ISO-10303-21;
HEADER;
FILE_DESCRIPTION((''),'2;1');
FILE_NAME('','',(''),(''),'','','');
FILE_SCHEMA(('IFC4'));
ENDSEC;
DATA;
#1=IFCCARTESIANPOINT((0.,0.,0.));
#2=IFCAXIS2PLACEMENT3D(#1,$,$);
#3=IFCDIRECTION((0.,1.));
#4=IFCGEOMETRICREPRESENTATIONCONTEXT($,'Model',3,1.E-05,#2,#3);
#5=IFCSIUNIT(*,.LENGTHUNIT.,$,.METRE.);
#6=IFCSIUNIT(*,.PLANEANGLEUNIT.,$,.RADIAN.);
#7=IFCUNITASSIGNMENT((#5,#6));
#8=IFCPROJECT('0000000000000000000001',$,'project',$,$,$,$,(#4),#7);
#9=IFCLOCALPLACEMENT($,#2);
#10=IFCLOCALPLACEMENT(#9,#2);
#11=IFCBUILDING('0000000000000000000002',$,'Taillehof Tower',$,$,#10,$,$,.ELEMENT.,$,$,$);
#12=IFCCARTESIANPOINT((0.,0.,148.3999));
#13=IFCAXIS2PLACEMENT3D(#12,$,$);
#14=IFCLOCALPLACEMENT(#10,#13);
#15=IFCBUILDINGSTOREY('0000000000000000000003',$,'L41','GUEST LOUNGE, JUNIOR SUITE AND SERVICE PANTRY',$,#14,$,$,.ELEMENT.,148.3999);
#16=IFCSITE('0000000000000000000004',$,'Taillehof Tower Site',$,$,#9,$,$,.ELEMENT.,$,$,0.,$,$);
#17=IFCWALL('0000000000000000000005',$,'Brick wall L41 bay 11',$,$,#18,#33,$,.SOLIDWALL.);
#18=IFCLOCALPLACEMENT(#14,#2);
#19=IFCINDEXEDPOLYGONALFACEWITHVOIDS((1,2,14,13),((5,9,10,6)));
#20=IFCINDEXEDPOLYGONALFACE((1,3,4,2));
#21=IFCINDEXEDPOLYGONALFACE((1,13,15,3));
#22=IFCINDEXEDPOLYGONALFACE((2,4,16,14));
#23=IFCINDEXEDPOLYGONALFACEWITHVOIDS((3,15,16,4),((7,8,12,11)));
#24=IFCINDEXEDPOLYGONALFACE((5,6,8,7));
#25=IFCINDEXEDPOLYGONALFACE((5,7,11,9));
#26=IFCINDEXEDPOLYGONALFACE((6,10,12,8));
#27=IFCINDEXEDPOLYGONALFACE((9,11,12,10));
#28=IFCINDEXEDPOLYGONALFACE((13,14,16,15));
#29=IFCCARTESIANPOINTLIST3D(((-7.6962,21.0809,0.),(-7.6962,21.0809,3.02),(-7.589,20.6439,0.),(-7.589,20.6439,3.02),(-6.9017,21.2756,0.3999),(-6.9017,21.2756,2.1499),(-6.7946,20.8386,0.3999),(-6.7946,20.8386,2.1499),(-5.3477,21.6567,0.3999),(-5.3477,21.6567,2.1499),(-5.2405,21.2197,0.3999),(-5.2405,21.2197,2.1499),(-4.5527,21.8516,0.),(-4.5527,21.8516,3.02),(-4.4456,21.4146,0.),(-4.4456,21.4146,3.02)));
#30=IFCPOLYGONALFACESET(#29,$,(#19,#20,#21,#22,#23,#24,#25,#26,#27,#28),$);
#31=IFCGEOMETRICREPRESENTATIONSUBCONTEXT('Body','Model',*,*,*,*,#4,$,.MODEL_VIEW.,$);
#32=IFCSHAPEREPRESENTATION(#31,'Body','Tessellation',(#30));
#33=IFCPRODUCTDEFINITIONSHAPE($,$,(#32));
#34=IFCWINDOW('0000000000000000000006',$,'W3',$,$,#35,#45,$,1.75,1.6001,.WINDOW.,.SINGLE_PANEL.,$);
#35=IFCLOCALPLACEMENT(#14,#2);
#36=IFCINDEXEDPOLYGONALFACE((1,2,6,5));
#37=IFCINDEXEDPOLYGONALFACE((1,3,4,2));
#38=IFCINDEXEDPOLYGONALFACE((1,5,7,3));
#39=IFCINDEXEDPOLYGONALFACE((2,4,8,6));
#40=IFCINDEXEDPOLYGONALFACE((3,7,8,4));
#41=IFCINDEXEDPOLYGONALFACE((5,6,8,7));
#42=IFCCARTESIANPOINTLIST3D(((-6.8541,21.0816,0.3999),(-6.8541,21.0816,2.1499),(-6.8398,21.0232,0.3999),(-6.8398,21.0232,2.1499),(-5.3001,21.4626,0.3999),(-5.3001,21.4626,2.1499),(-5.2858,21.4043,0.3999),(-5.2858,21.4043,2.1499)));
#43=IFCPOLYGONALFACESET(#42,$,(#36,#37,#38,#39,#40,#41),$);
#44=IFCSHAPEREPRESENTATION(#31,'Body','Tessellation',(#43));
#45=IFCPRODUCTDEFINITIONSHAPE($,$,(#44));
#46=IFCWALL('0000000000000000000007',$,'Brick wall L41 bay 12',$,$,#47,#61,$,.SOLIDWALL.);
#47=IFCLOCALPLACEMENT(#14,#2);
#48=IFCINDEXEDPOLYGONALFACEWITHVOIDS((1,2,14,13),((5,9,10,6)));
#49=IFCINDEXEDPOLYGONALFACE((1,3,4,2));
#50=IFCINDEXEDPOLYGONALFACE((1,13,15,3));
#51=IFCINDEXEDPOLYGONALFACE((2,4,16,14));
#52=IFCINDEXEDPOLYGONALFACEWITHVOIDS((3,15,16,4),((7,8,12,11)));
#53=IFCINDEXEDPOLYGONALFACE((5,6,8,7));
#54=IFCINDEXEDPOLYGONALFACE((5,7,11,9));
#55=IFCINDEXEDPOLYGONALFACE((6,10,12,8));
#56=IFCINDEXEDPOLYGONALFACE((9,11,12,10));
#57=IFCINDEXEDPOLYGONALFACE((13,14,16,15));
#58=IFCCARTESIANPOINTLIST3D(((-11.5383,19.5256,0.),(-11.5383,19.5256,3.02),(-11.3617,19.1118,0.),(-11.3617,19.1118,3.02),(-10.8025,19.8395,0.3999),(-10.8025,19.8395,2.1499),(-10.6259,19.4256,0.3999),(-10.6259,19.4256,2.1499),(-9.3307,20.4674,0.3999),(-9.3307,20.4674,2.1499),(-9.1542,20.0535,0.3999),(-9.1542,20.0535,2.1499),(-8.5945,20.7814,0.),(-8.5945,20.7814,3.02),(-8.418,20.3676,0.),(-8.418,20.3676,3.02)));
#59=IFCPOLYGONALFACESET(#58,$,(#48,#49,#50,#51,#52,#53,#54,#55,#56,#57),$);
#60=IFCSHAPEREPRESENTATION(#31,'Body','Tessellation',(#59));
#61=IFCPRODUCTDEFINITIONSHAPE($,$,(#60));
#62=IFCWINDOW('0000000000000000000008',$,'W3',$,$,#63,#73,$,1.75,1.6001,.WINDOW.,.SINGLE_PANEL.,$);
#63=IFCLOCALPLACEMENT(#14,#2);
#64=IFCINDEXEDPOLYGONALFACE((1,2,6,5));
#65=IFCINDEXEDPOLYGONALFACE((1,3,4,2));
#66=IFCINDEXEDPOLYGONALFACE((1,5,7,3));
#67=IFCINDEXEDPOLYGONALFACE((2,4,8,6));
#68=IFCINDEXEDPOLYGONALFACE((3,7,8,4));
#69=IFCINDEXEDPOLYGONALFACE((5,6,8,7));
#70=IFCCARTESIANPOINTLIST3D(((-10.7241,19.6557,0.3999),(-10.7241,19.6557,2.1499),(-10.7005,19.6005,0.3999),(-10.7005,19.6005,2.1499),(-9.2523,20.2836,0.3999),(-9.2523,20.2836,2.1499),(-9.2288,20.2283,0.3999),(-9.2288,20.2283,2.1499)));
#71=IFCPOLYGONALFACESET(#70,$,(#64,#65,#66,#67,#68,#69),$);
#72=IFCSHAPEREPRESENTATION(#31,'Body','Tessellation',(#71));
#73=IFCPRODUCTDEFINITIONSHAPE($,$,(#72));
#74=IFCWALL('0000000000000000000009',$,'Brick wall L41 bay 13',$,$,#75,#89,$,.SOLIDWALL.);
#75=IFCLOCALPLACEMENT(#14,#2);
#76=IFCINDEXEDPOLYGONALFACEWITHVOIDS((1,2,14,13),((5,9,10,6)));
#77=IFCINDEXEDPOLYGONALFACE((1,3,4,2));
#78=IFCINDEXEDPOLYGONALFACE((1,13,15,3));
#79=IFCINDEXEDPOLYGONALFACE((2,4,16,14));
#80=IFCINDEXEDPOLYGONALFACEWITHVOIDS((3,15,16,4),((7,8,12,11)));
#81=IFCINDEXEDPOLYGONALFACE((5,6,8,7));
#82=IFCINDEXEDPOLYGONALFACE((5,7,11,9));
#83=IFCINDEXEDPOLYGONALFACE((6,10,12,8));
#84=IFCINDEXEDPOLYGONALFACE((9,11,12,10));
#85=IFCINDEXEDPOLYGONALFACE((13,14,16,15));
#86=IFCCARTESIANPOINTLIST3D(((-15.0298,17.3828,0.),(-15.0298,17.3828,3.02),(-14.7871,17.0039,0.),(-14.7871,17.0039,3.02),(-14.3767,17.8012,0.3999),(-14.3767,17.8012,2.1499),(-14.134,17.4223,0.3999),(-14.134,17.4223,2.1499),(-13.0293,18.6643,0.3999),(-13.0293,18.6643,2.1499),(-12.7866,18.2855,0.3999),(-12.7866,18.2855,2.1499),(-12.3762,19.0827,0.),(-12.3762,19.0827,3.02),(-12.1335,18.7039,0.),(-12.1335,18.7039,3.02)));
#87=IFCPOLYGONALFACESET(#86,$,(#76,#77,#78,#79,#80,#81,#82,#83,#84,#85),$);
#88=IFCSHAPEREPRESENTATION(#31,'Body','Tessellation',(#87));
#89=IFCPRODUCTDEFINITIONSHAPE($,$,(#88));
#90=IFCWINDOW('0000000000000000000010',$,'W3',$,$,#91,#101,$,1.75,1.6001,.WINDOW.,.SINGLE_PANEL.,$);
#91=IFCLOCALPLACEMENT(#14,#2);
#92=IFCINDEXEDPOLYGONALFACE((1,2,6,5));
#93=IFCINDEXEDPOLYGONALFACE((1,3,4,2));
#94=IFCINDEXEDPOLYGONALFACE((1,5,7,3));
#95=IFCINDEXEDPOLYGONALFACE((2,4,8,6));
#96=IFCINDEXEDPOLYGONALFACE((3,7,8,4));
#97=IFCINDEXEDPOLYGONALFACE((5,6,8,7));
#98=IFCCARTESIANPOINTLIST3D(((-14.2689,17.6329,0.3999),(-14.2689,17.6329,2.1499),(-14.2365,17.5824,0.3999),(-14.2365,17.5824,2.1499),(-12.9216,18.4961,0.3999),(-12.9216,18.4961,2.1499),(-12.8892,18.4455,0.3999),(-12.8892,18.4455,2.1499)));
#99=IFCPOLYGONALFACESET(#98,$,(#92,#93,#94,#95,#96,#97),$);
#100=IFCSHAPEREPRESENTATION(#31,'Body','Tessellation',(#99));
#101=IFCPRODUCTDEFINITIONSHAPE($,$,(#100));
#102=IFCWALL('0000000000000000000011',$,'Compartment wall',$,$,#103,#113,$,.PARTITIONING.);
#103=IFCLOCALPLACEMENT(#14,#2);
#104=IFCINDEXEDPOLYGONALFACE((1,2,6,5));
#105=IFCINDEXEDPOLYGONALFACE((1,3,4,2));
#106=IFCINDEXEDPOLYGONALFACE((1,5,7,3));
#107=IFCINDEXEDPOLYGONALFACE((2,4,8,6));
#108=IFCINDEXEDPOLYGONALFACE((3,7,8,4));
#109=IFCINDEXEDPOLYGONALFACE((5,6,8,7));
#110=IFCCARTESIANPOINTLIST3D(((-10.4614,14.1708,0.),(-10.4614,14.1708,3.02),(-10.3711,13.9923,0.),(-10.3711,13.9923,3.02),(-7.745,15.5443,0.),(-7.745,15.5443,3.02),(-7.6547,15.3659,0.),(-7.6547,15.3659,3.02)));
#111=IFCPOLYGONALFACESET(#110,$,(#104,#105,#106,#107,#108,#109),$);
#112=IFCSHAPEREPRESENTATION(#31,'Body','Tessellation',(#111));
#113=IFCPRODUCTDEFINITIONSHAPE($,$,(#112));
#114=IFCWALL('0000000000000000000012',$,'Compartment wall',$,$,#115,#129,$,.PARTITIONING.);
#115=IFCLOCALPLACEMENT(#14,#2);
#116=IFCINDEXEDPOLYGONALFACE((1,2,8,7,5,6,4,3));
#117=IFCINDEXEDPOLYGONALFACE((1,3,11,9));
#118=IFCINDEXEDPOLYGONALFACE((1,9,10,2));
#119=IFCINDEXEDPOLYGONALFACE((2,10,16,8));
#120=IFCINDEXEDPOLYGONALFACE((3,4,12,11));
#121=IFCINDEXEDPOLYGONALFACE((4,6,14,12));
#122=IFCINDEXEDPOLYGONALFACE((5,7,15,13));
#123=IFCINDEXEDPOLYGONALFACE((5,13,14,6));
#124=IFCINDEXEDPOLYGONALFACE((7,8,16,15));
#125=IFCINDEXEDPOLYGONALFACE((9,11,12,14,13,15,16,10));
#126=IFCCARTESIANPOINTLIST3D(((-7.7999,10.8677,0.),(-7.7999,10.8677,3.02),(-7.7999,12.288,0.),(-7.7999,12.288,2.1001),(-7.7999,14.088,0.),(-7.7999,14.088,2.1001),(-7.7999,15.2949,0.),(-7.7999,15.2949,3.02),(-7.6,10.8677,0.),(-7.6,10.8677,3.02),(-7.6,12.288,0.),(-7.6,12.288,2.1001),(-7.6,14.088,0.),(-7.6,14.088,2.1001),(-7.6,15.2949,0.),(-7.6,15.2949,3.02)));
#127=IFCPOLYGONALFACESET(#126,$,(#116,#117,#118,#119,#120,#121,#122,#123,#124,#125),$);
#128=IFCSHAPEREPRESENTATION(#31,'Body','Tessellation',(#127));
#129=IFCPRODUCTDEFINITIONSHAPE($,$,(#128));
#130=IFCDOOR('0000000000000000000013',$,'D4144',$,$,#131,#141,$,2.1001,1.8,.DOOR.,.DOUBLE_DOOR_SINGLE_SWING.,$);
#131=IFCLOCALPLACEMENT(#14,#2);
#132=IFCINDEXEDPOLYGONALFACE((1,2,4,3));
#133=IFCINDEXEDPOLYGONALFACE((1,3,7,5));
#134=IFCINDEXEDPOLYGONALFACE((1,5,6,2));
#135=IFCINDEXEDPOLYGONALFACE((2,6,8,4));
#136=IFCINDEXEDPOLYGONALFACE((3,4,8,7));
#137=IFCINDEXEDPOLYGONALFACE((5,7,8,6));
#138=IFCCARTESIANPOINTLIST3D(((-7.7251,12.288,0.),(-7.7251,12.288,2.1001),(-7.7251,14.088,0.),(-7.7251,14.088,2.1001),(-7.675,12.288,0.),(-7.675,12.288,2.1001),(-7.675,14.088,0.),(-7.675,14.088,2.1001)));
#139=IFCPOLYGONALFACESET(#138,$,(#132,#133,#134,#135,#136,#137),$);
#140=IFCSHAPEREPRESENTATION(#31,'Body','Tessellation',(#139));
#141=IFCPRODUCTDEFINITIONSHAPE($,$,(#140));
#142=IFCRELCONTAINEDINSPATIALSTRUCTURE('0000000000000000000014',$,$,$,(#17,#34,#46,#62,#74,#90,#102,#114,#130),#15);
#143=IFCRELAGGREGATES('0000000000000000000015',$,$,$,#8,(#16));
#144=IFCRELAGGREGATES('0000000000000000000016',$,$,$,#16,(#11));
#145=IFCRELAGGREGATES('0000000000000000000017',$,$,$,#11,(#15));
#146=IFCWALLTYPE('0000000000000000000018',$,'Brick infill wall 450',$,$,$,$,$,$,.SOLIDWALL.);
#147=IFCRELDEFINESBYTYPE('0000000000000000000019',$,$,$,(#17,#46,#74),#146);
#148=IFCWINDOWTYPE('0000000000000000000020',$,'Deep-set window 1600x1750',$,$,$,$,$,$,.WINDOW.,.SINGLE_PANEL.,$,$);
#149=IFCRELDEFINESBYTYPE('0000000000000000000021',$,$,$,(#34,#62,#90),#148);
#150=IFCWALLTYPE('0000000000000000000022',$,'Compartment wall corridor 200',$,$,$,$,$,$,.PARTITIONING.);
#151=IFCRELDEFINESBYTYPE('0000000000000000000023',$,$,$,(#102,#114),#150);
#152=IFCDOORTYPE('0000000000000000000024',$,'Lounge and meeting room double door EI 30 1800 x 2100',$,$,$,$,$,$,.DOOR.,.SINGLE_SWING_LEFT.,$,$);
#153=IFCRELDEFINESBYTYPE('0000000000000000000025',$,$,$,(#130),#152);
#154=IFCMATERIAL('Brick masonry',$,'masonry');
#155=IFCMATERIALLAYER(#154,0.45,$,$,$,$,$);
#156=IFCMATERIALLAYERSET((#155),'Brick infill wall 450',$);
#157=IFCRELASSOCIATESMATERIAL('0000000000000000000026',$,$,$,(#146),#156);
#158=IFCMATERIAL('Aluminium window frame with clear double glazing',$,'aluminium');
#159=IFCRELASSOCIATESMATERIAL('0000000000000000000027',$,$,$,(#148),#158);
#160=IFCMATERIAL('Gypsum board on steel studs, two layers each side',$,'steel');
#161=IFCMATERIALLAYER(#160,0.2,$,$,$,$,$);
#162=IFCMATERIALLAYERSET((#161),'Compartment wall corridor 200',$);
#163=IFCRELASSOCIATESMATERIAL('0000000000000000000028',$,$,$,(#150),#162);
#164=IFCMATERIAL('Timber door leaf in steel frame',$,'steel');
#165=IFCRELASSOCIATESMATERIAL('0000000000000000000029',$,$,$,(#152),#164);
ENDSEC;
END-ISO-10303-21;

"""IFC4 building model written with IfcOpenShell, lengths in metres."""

from ifc_helpers import new_model, si_unit, direction, frame, frame_2d, origin, place, context, subcontext, project, spatial, rectangle, extrude, material, layer, layer_set, type_object, element, fill, save


model = new_model("IFC4")

# Units and contexts
model_context = context("Model", 3, precision=1e-05, world=origin(), true_north=direction((0.0, 1.0)))
body_context = subcontext(model_context, "Body", "Model", "MODEL_VIEW")
ifc_project = project(units=[si_unit("LENGTHUNIT", "METRE"), si_unit("PLANEANGLEUNIT", "RADIAN")], contexts=[model_context])

# Site, building, storey
site_placement = place(None, origin())
site = spatial("IfcSite", under=ifc_project, at=site_placement, Name="Taillehof Tower Site", CompositionType="ELEMENT", RefElevation=0.0)
building_placement = place(site_placement, origin())
building = spatial("IfcBuilding", under=site, at=building_placement, Name="Taillehof Tower", CompositionType="ELEMENT")
storey_placement = place(building_placement, frame((0.0, 0.0, 148.3999)))
storey = spatial("IfcBuildingStorey", under=building, at=storey_placement, Name="L41", Description="GUEST LOUNGE, JUNIOR SUITE AND SERVICE PANTRY", CompositionType="ELEMENT", Elevation=148.3999)

# Walls, openings, windows
ifc_material_1 = material(Name="Brick masonry", Category="masonry")
ifc_layer_1 = layer(ifc_material_1, 0.45)
ifc_layer_set_1 = layer_set([ifc_layer_1], Name="Brick infill wall 450")
wall_type_1 = type_object("IfcWallType", Name="Brick infill wall 450", PredefinedType="SOLIDWALL", material=ifc_layer_set_1)
ifc_material_2 = material(Name="Aluminium window frame with clear double glazing", Category="aluminium")
window_type = type_object("IfcWindowType", Name="Deep-set window 1600x1750", PartitioningType="SINGLE_PANEL", PredefinedType="WINDOW", material=ifc_material_2)
wall_1_placement = place(storey_placement, frame((-4.4993, 21.6331, 0.0), z_axis=(0.0, 0.0, 1.0), x_axis=(-0.971233, -0.238132, 0.0)))
wall_1 = element("IfcWall", 1, at=wall_1_placement, inside=storey, type_object=wall_type_1, Name="Brick wall L41 bay 11", PredefinedType="SOLIDWALL", context=body_context, shape_type="SweptSolid", body=[
    extrude(rectangle(XDim=3.2366, YDim=0.45, at=frame_2d((1.6182, 0.0))), origin(), (0.0, 0.0, 1.0), 3.02),
])
opening_1_placement = place(wall_1_placement, frame((0.8184, 0.0, 0.3999)))
opening_1 = element("IfcOpeningElement", 2, at=opening_1_placement, cuts=wall_1, PredefinedType="OPENING", context=body_context, shape_type="SweptSolid", body=[
    extrude(rectangle(XDim=1.6001, YDim=1.75, at=frame_2d((0.8, 0.875))), frame((0.0, 0.2349, 0.0), z_axis=(0.0, -1.0, 0.0), x_axis=(1.0, 0.0, 0.0)), (0.0, 0.0, 1.0), 0.47),
])
window_1_placement = place(opening_1_placement, origin())
window_1 = element("IfcWindow", 3, at=window_1_placement, inside=storey, type_object=window_type, Name="W3", OverallHeight=1.75, OverallWidth=1.6001, PartitioningType="SINGLE_PANEL", PredefinedType="WINDOW", context=body_context, shape_type="SweptSolid", body=[
    extrude(rectangle(XDim=1.6001, YDim=1.75, at=frame_2d((0.8, 0.875))), frame((0.0, 0.0349, 0.0), z_axis=(0.0, -1.0, 0.0), x_axis=(1.0, 0.0, 0.0)), (0.0, 0.0, 1.0), 0.0601),
])
fill(opening_1, window_1)
wall_2_placement = place(storey_placement, frame((-8.5063, 20.5745, 0.0), z_axis=(0.0, 0.0, 1.0), x_axis=(-0.919799, -0.39239, 0.0)))
wall_2 = element("IfcWall", 4, at=wall_2_placement, inside=storey, type_object=wall_type_1, Name="Brick wall L41 bay 12", PredefinedType="SOLIDWALL", context=body_context, shape_type="SweptSolid", body=[
    extrude(rectangle(XDim=3.2004, YDim=0.45, at=frame_2d((1.6001, 0.0))), origin(), (0.0, 0.0, 1.0), 3.02),
])
opening_2_placement = place(wall_2_placement, frame((0.8003, 0.0, 0.3999)))
opening_2 = element("IfcOpeningElement", 5, at=opening_2_placement, cuts=wall_2, PredefinedType="OPENING", context=body_context, shape_type="SweptSolid", body=[
    extrude(rectangle(XDim=1.6001, YDim=1.75, at=frame_2d((0.8, 0.875))), frame((0.0, 0.2349, 0.0), z_axis=(0.0, -1.0, 0.0), x_axis=(1.0, 0.0, 0.0)), (0.0, 0.0, 1.0), 0.47),
])
window_2_placement = place(opening_2_placement, origin())
window_2 = element("IfcWindow", 6, at=window_2_placement, inside=storey, type_object=window_type, Name="W3", OverallHeight=1.75, OverallWidth=1.6001, PartitioningType="SINGLE_PANEL", PredefinedType="WINDOW", context=body_context, shape_type="SweptSolid", body=[
    extrude(rectangle(XDim=1.6001, YDim=1.75, at=frame_2d((0.8, 0.875))), frame((0.0, 0.0349, 0.0), z_axis=(0.0, -1.0, 0.0), x_axis=(1.0, 0.0, 0.0)), (0.0, 0.0, 1.0), 0.0601),
])
fill(opening_2, window_2)
wall_3_placement = place(storey_placement, frame((-12.2549, 18.8933, 0.0), z_axis=(0.0, 0.0, 1.0), x_axis=(-0.842031, -0.53943, 0.0)))
wall_3 = element("IfcWall", 7, at=wall_3_placement, inside=storey, type_object=wall_type_1, Name="Brick wall L41 bay 13", PredefinedType="SOLIDWALL", context=body_context, shape_type="SweptSolid", body=[
    extrude(rectangle(XDim=3.1514, YDim=0.45, at=frame_2d((1.5757, 0.0))), origin(), (0.0, 0.0, 1.0), 3.02),
])
opening_3_placement = place(wall_3_placement, frame((0.7756, 0.0, 0.3999)))
opening_3 = element("IfcOpeningElement", 8, at=opening_3_placement, cuts=wall_3, PredefinedType="OPENING", context=body_context, shape_type="SweptSolid", body=[
    extrude(rectangle(XDim=1.6001, YDim=1.75, at=frame_2d((0.8, 0.875))), frame((0.0, 0.2349, 0.0), z_axis=(0.0, -1.0, 0.0), x_axis=(1.0, 0.0, 0.0)), (0.0, 0.0, 1.0), 0.47),
])
window_3_placement = place(opening_3_placement, origin())
window_3 = element("IfcWindow", 9, at=window_3_placement, inside=storey, type_object=window_type, Name="W3", OverallHeight=1.75, OverallWidth=1.6001, PartitioningType="SINGLE_PANEL", PredefinedType="WINDOW", context=body_context, shape_type="SweptSolid", body=[
    extrude(rectangle(XDim=1.6001, YDim=1.75, at=frame_2d((0.8, 0.875))), frame((0.0, 0.0349, 0.0), z_axis=(0.0, -1.0, 0.0), x_axis=(1.0, 0.0, 0.0)), (0.0, 0.0, 1.0), 0.0601),
])
fill(opening_3, window_3)

# Wall
ifc_material_3 = material(Name="Gypsum board on steel studs, two layers each side", Category="steel")
ifc_layer_2 = layer(ifc_material_3, 0.2)
ifc_layer_set_2 = layer_set([ifc_layer_2], Name="Compartment wall corridor 200")
wall_type_2 = type_object("IfcWallType", Name="Compartment wall corridor 200", PredefinedType="PARTITIONING", material=ifc_layer_set_2)
wall_4_placement = place(storey_placement, frame((-10.4163, 14.0815, 0.0), z_axis=(0.0, 0.0, 1.0), x_axis=(0.892397, 0.451252, 0.0)))
element("IfcWall", 10, at=wall_4_placement, inside=storey, type_object=wall_type_2, Name="Compartment wall", PredefinedType="PARTITIONING", context=body_context, shape_type="SweptSolid", body=[
    extrude(rectangle(XDim=3.0439, YDim=0.2, at=frame_2d((1.522, 0.0))), origin(), (0.0, 0.0, 1.0), 3.02),
])

# Wall, opening, door
wall_5_placement = place(storey_placement, frame((-7.7, 15.2949, 0.0), z_axis=(0.0, 0.0, 1.0), x_axis=(0.0, -1.0, 0.0)))
wall_5 = element("IfcWall", 11, at=wall_5_placement, inside=storey, type_object=wall_type_2, Name="Compartment wall", PredefinedType="PARTITIONING", context=body_context, shape_type="SweptSolid", body=[
    extrude(rectangle(XDim=4.4272, YDim=0.2, at=frame_2d((2.2136, 0.0))), origin(), (0.0, 0.0, 1.0), 3.02),
])
opening_4_placement = place(wall_5_placement, frame((1.207, 0.0, 0.0)))
opening_4 = element("IfcOpeningElement", 12, at=opening_4_placement, cuts=wall_5, PredefinedType="OPENING", context=body_context, shape_type="SweptSolid", body=[
    extrude(rectangle(XDim=1.8, YDim=2.1001, at=frame_2d((0.8999, 1.05))), frame((0.0, 0.1099, 0.0), z_axis=(0.0, -1.0, 0.0), x_axis=(1.0, 0.0, 0.0)), (0.0, 0.0, 1.0), 0.22),
])
ifc_material_4 = material(Name="Timber door leaf in steel frame", Category="steel")
door_type_1 = type_object("IfcDoorType", Name="Lounge and meeting room double door EI 30 1800 x 2100", OperationType="SINGLE_SWING_LEFT", PredefinedType="DOOR", material=ifc_material_4)
door_1_placement = place(opening_4_placement, origin())
door_1 = element("IfcDoor", 13, at=door_1_placement, inside=storey, type_object=door_type_1, Name="D4144", OperationType="DOUBLE_DOOR_SINGLE_SWING", OverallHeight=2.1001, OverallWidth=1.8, PredefinedType="DOOR", context=body_context, shape_type="SweptSolid", body=[
    extrude(rectangle(XDim=1.8, YDim=2.1001, at=frame_2d((0.8999, 1.05))), frame((0.0, 0.0249, 0.0), z_axis=(0.0, -1.0, 0.0), x_axis=(1.0, 0.0, 0.0)), (0.0, 0.0, 1.0), 0.05),
])
fill(opening_4, door_1)

save(model, "model.ifc")
